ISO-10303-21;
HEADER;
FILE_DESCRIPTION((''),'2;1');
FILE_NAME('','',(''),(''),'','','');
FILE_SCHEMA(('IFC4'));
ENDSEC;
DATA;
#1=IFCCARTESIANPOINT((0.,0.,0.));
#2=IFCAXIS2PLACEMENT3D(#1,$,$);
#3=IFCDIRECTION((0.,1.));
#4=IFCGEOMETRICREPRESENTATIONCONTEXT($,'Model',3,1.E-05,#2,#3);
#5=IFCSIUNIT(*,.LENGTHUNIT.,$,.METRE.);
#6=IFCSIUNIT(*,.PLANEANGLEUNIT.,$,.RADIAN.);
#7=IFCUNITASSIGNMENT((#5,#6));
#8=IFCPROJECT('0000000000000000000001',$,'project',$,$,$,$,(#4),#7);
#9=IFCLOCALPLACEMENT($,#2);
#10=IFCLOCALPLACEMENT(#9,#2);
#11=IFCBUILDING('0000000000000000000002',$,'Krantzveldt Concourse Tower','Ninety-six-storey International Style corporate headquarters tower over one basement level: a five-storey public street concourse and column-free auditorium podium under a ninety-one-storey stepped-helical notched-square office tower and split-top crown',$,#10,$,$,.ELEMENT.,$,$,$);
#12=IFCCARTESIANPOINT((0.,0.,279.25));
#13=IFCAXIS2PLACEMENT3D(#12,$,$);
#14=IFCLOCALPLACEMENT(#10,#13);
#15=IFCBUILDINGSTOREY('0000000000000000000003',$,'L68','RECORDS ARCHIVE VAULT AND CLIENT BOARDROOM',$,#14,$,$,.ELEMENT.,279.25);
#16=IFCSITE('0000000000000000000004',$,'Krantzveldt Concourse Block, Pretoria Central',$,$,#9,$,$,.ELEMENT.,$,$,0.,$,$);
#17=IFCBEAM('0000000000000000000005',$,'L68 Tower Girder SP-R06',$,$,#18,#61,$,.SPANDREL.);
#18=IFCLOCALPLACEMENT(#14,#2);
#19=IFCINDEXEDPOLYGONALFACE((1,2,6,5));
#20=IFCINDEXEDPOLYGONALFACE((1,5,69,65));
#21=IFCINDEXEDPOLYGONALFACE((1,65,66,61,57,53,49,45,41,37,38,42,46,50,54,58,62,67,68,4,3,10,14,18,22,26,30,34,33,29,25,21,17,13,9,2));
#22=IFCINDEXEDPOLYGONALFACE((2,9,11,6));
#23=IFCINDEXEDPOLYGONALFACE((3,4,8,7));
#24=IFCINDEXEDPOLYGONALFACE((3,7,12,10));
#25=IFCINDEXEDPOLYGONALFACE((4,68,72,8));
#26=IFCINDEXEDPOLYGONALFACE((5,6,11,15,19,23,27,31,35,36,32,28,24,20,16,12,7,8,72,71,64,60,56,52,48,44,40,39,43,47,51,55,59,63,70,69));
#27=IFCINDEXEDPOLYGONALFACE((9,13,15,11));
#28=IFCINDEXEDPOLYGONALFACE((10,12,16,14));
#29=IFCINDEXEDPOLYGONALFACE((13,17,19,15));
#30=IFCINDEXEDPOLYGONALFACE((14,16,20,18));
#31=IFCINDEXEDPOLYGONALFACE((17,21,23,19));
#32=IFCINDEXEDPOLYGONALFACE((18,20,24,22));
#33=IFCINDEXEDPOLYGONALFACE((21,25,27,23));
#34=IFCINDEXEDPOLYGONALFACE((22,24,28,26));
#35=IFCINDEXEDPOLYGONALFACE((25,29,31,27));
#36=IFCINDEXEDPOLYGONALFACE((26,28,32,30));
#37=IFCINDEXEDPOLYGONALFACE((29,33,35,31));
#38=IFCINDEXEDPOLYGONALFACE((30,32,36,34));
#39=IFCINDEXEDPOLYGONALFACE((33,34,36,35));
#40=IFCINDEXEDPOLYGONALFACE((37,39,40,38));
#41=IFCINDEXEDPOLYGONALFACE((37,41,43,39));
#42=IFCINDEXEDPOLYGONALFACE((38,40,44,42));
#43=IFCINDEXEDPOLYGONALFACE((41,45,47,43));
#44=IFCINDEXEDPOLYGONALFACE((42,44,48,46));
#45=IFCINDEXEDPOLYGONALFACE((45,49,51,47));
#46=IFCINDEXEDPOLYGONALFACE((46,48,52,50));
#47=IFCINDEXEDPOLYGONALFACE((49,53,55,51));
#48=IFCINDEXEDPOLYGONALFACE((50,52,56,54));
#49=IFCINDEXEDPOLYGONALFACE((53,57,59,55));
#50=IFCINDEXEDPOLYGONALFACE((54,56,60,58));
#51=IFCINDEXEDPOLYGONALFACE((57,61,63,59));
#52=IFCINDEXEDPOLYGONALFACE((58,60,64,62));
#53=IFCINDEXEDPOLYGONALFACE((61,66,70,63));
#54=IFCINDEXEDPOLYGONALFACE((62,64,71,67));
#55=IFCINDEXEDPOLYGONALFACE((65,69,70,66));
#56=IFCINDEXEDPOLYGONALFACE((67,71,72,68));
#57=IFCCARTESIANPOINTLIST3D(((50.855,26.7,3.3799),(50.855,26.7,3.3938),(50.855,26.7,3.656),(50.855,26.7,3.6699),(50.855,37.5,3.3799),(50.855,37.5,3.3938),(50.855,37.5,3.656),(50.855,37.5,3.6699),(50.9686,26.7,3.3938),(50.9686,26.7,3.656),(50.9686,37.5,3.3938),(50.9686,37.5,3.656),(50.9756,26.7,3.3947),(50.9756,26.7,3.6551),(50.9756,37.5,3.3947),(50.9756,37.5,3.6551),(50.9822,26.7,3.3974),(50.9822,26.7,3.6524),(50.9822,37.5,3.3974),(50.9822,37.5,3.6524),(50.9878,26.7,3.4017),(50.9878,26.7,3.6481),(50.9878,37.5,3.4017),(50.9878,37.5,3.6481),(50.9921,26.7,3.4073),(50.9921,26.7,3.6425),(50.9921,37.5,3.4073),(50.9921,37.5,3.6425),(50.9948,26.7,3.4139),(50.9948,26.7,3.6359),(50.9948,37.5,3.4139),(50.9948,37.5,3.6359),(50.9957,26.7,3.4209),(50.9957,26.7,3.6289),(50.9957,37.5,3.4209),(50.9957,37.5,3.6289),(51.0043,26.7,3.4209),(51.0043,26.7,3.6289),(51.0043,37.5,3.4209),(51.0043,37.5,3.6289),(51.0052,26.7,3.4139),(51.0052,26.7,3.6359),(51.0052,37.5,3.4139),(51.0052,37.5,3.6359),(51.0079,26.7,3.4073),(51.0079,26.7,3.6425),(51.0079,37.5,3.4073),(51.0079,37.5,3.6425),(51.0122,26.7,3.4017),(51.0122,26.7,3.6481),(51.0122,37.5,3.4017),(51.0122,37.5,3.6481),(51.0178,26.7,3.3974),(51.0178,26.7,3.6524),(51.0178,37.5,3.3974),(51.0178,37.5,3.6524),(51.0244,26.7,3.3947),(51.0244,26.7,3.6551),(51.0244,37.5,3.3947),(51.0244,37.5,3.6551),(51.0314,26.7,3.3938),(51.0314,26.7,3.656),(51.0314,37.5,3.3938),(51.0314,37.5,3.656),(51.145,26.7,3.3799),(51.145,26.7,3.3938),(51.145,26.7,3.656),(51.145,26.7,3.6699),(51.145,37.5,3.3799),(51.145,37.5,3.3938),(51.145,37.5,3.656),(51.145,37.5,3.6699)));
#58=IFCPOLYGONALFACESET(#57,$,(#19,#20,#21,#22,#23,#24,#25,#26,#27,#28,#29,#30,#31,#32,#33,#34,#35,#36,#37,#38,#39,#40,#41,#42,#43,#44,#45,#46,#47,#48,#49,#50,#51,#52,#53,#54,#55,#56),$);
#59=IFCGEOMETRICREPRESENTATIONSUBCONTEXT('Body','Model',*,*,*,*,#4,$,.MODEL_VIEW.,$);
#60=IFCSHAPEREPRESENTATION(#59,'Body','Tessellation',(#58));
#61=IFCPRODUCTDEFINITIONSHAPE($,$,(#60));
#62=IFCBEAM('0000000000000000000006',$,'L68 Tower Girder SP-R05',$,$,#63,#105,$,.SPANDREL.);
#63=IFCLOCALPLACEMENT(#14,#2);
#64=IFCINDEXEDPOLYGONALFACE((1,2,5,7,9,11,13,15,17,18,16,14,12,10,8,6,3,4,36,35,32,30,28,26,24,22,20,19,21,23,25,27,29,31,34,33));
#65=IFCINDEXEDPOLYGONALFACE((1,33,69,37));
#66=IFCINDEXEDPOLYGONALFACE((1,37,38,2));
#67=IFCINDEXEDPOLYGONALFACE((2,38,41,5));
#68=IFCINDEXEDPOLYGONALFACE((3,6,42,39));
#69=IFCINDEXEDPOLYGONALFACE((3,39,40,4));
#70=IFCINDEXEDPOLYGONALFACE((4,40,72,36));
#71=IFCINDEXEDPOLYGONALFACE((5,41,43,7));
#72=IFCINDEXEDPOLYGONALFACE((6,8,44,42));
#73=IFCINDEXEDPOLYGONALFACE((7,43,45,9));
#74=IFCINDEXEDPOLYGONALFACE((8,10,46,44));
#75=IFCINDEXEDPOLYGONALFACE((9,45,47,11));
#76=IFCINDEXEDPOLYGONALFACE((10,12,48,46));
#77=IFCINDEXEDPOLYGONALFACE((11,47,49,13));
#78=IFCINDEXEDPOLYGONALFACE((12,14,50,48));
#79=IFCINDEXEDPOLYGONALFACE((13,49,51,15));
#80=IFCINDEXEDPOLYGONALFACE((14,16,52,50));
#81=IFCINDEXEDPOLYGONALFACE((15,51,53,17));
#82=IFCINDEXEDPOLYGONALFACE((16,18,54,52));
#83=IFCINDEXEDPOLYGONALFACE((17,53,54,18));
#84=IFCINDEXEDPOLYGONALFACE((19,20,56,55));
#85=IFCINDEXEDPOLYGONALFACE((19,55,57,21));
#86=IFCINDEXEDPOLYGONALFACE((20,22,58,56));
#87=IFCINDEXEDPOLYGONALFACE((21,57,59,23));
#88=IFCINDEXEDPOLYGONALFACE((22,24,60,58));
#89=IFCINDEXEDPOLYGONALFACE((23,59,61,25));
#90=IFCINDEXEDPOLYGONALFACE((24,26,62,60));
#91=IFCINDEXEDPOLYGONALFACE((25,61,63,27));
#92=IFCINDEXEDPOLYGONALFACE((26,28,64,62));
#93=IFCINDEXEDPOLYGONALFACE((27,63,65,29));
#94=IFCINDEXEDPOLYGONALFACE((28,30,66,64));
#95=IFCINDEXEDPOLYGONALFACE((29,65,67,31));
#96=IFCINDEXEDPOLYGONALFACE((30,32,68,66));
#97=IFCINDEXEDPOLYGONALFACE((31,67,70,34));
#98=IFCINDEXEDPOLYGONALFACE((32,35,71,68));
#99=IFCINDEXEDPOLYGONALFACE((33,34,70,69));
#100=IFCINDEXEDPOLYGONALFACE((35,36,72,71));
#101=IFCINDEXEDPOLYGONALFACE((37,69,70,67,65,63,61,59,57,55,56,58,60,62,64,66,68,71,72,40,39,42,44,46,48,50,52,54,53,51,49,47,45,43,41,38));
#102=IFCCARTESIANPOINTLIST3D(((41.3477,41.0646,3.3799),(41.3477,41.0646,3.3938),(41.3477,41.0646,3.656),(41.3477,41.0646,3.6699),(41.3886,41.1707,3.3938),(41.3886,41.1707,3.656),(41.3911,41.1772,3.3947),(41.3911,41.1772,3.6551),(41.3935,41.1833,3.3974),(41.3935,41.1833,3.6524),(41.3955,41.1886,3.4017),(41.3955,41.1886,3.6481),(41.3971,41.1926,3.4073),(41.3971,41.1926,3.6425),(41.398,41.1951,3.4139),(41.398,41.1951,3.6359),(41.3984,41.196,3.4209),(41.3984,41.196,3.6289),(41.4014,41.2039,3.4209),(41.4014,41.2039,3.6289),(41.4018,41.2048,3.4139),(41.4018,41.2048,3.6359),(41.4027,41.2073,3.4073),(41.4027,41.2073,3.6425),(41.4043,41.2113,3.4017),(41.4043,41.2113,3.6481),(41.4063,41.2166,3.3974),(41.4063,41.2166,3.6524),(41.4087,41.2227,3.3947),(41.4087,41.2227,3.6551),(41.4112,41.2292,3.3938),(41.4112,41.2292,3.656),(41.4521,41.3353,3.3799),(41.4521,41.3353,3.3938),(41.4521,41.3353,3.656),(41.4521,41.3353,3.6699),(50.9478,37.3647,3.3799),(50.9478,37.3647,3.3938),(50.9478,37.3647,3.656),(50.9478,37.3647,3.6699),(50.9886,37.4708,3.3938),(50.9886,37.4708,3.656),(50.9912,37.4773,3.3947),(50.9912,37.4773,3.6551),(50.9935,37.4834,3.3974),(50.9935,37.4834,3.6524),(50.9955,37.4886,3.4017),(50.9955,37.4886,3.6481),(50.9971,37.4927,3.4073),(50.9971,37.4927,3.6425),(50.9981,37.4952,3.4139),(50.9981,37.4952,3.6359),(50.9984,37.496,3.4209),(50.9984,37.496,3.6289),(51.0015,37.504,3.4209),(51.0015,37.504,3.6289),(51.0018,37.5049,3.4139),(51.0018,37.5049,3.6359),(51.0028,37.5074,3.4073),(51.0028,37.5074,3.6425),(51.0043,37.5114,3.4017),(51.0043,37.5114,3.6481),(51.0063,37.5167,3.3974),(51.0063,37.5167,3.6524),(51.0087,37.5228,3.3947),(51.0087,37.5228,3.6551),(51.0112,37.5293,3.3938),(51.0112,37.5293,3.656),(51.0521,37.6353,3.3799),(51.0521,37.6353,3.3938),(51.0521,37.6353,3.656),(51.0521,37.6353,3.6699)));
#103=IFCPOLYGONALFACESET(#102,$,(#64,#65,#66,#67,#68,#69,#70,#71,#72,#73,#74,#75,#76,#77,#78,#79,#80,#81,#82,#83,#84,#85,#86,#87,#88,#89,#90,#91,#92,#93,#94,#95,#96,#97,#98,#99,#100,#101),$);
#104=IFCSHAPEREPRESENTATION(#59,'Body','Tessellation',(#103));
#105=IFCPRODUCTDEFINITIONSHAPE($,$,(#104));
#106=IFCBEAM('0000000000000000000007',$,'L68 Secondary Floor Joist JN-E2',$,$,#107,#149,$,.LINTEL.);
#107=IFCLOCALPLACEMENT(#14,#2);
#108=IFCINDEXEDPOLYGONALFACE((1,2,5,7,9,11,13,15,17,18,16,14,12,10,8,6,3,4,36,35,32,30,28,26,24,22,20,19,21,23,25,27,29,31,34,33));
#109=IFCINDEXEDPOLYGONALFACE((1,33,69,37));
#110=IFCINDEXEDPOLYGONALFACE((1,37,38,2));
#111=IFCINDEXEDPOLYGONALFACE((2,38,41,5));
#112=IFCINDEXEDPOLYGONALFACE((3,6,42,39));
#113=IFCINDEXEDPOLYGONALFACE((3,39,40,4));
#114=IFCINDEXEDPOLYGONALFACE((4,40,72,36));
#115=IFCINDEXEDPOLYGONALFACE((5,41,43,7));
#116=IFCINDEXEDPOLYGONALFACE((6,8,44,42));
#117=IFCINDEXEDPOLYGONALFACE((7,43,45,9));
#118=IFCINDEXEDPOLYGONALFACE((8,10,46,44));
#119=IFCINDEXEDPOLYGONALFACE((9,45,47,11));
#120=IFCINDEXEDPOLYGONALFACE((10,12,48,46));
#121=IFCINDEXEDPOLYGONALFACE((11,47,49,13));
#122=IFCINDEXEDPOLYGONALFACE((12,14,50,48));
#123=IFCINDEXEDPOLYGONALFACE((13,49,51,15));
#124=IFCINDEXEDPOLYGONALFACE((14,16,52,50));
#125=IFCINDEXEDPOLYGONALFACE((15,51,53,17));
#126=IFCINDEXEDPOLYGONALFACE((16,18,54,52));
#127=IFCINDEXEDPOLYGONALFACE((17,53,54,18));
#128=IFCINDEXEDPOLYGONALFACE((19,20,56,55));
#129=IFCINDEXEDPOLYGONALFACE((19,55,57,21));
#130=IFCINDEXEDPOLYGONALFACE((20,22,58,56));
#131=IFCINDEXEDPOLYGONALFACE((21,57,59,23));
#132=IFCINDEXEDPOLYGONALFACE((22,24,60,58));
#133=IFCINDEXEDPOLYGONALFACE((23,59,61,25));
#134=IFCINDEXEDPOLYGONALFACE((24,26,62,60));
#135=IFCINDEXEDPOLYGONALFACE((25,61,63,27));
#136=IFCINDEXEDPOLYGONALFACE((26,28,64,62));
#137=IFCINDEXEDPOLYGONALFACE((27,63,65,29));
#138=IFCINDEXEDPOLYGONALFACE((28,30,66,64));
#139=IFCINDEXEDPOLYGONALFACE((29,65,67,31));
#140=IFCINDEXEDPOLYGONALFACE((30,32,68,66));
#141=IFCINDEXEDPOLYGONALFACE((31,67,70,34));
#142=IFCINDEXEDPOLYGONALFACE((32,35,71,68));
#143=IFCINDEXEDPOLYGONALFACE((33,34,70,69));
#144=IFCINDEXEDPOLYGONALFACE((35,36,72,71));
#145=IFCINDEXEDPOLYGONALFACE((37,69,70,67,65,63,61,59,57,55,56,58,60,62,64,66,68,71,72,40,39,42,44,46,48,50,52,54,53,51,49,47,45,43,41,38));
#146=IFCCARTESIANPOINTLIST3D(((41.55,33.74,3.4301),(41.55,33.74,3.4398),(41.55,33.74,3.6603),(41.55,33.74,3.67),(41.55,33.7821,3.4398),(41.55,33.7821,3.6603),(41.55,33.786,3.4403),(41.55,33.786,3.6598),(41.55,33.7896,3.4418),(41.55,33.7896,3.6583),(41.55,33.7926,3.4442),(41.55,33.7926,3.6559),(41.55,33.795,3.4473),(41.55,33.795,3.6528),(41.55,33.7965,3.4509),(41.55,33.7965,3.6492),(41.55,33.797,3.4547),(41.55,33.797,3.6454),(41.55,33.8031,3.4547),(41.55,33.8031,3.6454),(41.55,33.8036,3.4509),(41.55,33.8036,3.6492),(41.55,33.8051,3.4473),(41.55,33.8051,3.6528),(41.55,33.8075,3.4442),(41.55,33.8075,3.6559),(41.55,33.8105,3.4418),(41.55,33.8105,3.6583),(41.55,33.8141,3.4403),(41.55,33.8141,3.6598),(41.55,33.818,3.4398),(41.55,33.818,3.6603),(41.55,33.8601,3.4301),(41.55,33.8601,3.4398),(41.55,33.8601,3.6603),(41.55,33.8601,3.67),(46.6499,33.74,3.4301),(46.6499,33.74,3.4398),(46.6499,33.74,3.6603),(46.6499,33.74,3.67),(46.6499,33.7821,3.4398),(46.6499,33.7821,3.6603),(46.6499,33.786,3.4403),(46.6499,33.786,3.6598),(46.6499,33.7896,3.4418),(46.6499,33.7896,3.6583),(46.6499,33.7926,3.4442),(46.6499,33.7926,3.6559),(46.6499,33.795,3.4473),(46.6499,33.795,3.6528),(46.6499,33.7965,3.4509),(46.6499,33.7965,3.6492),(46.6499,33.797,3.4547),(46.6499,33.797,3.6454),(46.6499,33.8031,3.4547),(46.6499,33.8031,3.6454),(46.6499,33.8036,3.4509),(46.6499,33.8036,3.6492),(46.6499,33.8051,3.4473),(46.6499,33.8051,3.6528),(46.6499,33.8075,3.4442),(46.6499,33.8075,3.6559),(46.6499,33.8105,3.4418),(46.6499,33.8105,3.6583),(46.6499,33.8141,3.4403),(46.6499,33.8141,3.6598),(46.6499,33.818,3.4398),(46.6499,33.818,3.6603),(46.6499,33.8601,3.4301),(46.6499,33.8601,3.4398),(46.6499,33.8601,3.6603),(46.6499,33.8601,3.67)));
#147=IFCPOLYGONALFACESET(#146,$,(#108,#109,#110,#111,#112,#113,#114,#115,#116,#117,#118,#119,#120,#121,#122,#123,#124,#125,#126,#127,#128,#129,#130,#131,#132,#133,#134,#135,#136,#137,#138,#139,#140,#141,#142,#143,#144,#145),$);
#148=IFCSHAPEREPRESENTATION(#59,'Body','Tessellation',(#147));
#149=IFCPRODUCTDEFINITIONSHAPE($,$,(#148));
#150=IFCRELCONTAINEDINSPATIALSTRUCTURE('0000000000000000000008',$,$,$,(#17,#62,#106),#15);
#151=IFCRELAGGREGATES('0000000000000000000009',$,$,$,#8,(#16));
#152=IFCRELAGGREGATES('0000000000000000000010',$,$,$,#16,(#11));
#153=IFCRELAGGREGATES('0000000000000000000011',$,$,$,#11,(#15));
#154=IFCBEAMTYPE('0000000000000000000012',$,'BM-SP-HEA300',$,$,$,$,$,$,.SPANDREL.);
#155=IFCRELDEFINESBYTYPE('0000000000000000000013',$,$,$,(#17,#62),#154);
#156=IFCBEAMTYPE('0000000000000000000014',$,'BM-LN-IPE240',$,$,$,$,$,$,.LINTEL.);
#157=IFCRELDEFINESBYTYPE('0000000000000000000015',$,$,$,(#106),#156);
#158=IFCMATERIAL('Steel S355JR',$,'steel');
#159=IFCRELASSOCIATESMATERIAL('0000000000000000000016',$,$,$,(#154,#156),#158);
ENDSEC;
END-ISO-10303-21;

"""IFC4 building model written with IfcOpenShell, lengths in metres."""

from ifc_helpers import new_model, si_unit, direction, frame, origin, origin_2d, place, context, subcontext, project, spatial, i_section, extrude, source, transform, mapped, material, material_profile, profile_set, type_object, type_shapes, element, save


model = new_model("IFC4")

# Units and contexts
model_context = context("Model", 3, precision=1e-05, world=origin(), true_north=direction((0.0, 1.0)))
body_context = subcontext(model_context, "Body", "Model", "MODEL_VIEW")
ifc_project = project(units=[si_unit("LENGTHUNIT", "METRE"), si_unit("PLANEANGLEUNIT", "RADIAN")], contexts=[model_context])

# Site, building, storey
site_placement = place(None, origin())
site = spatial("IfcSite", under=ifc_project, at=site_placement, Name="Krantzveldt Concourse Block, Pretoria Central", CompositionType="ELEMENT", RefElevation=0.0)
building_placement = place(site_placement, origin())
building = spatial("IfcBuilding", under=site, at=building_placement, Name="Krantzveldt Concourse Tower", Description="Ninety-six-storey International Style corporate headquarters tower over one basement level: a five-storey public street concourse and column-free auditorium podium under a ninety-one-storey stepped-helical notched-square office tower and split-top crown", CompositionType="ELEMENT")
storey_placement = place(building_placement, frame((0.0, 0.0, 279.25)))
storey = spatial("IfcBuildingStorey", under=building, at=storey_placement, Name="L68", Description="RECORDS ARCHIVE VAULT AND CLIENT BOARDROOM", CompositionType="ELEMENT", Elevation=279.25)

# Beams
ifc_material_1 = material(Name="Steel S355JR", Category="steel")
ifc_material_profile_1 = material_profile(ifc_material_1, i_section(OverallWidth=0.29, OverallDepth=0.29, WebThickness=0.0085, FlangeThickness=0.0139, FilletRadius=0.0271, at=origin_2d()), Name="Steel S355JR", Category="steel")
ifc_profile_set_1 = profile_set([ifc_material_profile_1], Name="Steel S355JR - HEA 300")
beam_type_1 = type_object("IfcBeamType", Name="BM-SP-HEA300", PredefinedType="SPANDREL", material=ifc_profile_set_1)
shared_shape_1 = source(origin(), body_context, "Body", "SweptSolid", [
    extrude(i_section(OverallWidth=0.29, OverallDepth=0.29, WebThickness=0.0085, FlangeThickness=0.0139, FilletRadius=0.0271, at=origin_2d()), origin(), (0.0, 0.0, 1.0), 10.8),
])
beam_1_placement = place(storey_placement, frame((51.0, 37.5, 3.5249), z_axis=(0.0, -1.0, 0.0), x_axis=(1.0, 0.0, 0.0)))
element("IfcBeam", 1, at=beam_1_placement, inside=storey, type_object=beam_type_1, Name="L68 Tower Girder SP-R06", PredefinedType="SPANDREL", context=body_context, shape_type="MappedRepresentation", body=[
    mapped(shared_shape_1, transform((0.0, 0.0, 0.0), x_axis=(1.0, 0.0, 0.0), y_axis=(0.0, 1.0, 0.0), z_axis=(0.0, 0.0, 1.0), scale=1.0)),
])
shared_shape_2 = source(origin(), body_context, "Body", "SweptSolid", [
    extrude(i_section(OverallWidth=0.29, OverallDepth=0.29, WebThickness=0.0085, FlangeThickness=0.0139, FilletRadius=0.0271, at=origin_2d()), origin(), (0.0, 0.0, 1.0), 10.2883),
])
type_shapes(beam_type_1, [shared_shape_1, shared_shape_2])
beam_2_placement = place(storey_placement, frame((41.3999, 41.2, 3.5249), z_axis=(0.933098, -0.359623, 0.0), x_axis=(0.359623, 0.933098, 0.0)))
element("IfcBeam", 2, at=beam_2_placement, inside=storey, type_object=beam_type_1, Name="L68 Tower Girder SP-R05", PredefinedType="SPANDREL", context=body_context, shape_type="MappedRepresentation", body=[
    mapped(shared_shape_2, transform((0.0, 0.0, 0.0), x_axis=(1.0, 0.0, 0.0), y_axis=(0.0, 1.0, 0.0), z_axis=(0.0, 0.0, 1.0), scale=1.0)),
])
ifc_material_profile_2 = material_profile(ifc_material_1, i_section(OverallWidth=0.1201, OverallDepth=0.24, WebThickness=0.0061, FlangeThickness=0.0098, FilletRadius=0.0149, at=origin_2d()), Name="Steel S355JR", Category="steel")
ifc_profile_set_2 = profile_set([ifc_material_profile_2], Name="Steel S355JR - IPE 240")
beam_type_2 = type_object("IfcBeamType", Name="BM-LN-IPE240", PredefinedType="LINTEL", material=ifc_profile_set_2)
shared_shape_3 = source(origin(), body_context, "Body", "SweptSolid", [
    extrude(i_section(OverallWidth=0.1201, OverallDepth=0.24, WebThickness=0.0061, FlangeThickness=0.0098, FilletRadius=0.0149, at=origin_2d()), origin(), (0.0, 0.0, 1.0), 5.0999),
])
type_shapes(beam_type_2, [shared_shape_3])
beam_3_placement = place(storey_placement, frame((41.55, 33.8, 3.55), z_axis=(1.0, 0.0, 0.0), x_axis=(0.0, 1.0, 0.0)))
element("IfcBeam", 3, at=beam_3_placement, inside=storey, type_object=beam_type_2, Name="L68 Secondary Floor Joist JN-E2", PredefinedType="LINTEL", context=body_context, shape_type="MappedRepresentation", body=[
    mapped(shared_shape_3, transform((0.0, 0.0, 0.0), x_axis=(1.0, 0.0, 0.0), y_axis=(0.0, 1.0, 0.0), z_axis=(0.0, 0.0, 1.0), scale=1.0)),
])

save(model, "model.ifc")
